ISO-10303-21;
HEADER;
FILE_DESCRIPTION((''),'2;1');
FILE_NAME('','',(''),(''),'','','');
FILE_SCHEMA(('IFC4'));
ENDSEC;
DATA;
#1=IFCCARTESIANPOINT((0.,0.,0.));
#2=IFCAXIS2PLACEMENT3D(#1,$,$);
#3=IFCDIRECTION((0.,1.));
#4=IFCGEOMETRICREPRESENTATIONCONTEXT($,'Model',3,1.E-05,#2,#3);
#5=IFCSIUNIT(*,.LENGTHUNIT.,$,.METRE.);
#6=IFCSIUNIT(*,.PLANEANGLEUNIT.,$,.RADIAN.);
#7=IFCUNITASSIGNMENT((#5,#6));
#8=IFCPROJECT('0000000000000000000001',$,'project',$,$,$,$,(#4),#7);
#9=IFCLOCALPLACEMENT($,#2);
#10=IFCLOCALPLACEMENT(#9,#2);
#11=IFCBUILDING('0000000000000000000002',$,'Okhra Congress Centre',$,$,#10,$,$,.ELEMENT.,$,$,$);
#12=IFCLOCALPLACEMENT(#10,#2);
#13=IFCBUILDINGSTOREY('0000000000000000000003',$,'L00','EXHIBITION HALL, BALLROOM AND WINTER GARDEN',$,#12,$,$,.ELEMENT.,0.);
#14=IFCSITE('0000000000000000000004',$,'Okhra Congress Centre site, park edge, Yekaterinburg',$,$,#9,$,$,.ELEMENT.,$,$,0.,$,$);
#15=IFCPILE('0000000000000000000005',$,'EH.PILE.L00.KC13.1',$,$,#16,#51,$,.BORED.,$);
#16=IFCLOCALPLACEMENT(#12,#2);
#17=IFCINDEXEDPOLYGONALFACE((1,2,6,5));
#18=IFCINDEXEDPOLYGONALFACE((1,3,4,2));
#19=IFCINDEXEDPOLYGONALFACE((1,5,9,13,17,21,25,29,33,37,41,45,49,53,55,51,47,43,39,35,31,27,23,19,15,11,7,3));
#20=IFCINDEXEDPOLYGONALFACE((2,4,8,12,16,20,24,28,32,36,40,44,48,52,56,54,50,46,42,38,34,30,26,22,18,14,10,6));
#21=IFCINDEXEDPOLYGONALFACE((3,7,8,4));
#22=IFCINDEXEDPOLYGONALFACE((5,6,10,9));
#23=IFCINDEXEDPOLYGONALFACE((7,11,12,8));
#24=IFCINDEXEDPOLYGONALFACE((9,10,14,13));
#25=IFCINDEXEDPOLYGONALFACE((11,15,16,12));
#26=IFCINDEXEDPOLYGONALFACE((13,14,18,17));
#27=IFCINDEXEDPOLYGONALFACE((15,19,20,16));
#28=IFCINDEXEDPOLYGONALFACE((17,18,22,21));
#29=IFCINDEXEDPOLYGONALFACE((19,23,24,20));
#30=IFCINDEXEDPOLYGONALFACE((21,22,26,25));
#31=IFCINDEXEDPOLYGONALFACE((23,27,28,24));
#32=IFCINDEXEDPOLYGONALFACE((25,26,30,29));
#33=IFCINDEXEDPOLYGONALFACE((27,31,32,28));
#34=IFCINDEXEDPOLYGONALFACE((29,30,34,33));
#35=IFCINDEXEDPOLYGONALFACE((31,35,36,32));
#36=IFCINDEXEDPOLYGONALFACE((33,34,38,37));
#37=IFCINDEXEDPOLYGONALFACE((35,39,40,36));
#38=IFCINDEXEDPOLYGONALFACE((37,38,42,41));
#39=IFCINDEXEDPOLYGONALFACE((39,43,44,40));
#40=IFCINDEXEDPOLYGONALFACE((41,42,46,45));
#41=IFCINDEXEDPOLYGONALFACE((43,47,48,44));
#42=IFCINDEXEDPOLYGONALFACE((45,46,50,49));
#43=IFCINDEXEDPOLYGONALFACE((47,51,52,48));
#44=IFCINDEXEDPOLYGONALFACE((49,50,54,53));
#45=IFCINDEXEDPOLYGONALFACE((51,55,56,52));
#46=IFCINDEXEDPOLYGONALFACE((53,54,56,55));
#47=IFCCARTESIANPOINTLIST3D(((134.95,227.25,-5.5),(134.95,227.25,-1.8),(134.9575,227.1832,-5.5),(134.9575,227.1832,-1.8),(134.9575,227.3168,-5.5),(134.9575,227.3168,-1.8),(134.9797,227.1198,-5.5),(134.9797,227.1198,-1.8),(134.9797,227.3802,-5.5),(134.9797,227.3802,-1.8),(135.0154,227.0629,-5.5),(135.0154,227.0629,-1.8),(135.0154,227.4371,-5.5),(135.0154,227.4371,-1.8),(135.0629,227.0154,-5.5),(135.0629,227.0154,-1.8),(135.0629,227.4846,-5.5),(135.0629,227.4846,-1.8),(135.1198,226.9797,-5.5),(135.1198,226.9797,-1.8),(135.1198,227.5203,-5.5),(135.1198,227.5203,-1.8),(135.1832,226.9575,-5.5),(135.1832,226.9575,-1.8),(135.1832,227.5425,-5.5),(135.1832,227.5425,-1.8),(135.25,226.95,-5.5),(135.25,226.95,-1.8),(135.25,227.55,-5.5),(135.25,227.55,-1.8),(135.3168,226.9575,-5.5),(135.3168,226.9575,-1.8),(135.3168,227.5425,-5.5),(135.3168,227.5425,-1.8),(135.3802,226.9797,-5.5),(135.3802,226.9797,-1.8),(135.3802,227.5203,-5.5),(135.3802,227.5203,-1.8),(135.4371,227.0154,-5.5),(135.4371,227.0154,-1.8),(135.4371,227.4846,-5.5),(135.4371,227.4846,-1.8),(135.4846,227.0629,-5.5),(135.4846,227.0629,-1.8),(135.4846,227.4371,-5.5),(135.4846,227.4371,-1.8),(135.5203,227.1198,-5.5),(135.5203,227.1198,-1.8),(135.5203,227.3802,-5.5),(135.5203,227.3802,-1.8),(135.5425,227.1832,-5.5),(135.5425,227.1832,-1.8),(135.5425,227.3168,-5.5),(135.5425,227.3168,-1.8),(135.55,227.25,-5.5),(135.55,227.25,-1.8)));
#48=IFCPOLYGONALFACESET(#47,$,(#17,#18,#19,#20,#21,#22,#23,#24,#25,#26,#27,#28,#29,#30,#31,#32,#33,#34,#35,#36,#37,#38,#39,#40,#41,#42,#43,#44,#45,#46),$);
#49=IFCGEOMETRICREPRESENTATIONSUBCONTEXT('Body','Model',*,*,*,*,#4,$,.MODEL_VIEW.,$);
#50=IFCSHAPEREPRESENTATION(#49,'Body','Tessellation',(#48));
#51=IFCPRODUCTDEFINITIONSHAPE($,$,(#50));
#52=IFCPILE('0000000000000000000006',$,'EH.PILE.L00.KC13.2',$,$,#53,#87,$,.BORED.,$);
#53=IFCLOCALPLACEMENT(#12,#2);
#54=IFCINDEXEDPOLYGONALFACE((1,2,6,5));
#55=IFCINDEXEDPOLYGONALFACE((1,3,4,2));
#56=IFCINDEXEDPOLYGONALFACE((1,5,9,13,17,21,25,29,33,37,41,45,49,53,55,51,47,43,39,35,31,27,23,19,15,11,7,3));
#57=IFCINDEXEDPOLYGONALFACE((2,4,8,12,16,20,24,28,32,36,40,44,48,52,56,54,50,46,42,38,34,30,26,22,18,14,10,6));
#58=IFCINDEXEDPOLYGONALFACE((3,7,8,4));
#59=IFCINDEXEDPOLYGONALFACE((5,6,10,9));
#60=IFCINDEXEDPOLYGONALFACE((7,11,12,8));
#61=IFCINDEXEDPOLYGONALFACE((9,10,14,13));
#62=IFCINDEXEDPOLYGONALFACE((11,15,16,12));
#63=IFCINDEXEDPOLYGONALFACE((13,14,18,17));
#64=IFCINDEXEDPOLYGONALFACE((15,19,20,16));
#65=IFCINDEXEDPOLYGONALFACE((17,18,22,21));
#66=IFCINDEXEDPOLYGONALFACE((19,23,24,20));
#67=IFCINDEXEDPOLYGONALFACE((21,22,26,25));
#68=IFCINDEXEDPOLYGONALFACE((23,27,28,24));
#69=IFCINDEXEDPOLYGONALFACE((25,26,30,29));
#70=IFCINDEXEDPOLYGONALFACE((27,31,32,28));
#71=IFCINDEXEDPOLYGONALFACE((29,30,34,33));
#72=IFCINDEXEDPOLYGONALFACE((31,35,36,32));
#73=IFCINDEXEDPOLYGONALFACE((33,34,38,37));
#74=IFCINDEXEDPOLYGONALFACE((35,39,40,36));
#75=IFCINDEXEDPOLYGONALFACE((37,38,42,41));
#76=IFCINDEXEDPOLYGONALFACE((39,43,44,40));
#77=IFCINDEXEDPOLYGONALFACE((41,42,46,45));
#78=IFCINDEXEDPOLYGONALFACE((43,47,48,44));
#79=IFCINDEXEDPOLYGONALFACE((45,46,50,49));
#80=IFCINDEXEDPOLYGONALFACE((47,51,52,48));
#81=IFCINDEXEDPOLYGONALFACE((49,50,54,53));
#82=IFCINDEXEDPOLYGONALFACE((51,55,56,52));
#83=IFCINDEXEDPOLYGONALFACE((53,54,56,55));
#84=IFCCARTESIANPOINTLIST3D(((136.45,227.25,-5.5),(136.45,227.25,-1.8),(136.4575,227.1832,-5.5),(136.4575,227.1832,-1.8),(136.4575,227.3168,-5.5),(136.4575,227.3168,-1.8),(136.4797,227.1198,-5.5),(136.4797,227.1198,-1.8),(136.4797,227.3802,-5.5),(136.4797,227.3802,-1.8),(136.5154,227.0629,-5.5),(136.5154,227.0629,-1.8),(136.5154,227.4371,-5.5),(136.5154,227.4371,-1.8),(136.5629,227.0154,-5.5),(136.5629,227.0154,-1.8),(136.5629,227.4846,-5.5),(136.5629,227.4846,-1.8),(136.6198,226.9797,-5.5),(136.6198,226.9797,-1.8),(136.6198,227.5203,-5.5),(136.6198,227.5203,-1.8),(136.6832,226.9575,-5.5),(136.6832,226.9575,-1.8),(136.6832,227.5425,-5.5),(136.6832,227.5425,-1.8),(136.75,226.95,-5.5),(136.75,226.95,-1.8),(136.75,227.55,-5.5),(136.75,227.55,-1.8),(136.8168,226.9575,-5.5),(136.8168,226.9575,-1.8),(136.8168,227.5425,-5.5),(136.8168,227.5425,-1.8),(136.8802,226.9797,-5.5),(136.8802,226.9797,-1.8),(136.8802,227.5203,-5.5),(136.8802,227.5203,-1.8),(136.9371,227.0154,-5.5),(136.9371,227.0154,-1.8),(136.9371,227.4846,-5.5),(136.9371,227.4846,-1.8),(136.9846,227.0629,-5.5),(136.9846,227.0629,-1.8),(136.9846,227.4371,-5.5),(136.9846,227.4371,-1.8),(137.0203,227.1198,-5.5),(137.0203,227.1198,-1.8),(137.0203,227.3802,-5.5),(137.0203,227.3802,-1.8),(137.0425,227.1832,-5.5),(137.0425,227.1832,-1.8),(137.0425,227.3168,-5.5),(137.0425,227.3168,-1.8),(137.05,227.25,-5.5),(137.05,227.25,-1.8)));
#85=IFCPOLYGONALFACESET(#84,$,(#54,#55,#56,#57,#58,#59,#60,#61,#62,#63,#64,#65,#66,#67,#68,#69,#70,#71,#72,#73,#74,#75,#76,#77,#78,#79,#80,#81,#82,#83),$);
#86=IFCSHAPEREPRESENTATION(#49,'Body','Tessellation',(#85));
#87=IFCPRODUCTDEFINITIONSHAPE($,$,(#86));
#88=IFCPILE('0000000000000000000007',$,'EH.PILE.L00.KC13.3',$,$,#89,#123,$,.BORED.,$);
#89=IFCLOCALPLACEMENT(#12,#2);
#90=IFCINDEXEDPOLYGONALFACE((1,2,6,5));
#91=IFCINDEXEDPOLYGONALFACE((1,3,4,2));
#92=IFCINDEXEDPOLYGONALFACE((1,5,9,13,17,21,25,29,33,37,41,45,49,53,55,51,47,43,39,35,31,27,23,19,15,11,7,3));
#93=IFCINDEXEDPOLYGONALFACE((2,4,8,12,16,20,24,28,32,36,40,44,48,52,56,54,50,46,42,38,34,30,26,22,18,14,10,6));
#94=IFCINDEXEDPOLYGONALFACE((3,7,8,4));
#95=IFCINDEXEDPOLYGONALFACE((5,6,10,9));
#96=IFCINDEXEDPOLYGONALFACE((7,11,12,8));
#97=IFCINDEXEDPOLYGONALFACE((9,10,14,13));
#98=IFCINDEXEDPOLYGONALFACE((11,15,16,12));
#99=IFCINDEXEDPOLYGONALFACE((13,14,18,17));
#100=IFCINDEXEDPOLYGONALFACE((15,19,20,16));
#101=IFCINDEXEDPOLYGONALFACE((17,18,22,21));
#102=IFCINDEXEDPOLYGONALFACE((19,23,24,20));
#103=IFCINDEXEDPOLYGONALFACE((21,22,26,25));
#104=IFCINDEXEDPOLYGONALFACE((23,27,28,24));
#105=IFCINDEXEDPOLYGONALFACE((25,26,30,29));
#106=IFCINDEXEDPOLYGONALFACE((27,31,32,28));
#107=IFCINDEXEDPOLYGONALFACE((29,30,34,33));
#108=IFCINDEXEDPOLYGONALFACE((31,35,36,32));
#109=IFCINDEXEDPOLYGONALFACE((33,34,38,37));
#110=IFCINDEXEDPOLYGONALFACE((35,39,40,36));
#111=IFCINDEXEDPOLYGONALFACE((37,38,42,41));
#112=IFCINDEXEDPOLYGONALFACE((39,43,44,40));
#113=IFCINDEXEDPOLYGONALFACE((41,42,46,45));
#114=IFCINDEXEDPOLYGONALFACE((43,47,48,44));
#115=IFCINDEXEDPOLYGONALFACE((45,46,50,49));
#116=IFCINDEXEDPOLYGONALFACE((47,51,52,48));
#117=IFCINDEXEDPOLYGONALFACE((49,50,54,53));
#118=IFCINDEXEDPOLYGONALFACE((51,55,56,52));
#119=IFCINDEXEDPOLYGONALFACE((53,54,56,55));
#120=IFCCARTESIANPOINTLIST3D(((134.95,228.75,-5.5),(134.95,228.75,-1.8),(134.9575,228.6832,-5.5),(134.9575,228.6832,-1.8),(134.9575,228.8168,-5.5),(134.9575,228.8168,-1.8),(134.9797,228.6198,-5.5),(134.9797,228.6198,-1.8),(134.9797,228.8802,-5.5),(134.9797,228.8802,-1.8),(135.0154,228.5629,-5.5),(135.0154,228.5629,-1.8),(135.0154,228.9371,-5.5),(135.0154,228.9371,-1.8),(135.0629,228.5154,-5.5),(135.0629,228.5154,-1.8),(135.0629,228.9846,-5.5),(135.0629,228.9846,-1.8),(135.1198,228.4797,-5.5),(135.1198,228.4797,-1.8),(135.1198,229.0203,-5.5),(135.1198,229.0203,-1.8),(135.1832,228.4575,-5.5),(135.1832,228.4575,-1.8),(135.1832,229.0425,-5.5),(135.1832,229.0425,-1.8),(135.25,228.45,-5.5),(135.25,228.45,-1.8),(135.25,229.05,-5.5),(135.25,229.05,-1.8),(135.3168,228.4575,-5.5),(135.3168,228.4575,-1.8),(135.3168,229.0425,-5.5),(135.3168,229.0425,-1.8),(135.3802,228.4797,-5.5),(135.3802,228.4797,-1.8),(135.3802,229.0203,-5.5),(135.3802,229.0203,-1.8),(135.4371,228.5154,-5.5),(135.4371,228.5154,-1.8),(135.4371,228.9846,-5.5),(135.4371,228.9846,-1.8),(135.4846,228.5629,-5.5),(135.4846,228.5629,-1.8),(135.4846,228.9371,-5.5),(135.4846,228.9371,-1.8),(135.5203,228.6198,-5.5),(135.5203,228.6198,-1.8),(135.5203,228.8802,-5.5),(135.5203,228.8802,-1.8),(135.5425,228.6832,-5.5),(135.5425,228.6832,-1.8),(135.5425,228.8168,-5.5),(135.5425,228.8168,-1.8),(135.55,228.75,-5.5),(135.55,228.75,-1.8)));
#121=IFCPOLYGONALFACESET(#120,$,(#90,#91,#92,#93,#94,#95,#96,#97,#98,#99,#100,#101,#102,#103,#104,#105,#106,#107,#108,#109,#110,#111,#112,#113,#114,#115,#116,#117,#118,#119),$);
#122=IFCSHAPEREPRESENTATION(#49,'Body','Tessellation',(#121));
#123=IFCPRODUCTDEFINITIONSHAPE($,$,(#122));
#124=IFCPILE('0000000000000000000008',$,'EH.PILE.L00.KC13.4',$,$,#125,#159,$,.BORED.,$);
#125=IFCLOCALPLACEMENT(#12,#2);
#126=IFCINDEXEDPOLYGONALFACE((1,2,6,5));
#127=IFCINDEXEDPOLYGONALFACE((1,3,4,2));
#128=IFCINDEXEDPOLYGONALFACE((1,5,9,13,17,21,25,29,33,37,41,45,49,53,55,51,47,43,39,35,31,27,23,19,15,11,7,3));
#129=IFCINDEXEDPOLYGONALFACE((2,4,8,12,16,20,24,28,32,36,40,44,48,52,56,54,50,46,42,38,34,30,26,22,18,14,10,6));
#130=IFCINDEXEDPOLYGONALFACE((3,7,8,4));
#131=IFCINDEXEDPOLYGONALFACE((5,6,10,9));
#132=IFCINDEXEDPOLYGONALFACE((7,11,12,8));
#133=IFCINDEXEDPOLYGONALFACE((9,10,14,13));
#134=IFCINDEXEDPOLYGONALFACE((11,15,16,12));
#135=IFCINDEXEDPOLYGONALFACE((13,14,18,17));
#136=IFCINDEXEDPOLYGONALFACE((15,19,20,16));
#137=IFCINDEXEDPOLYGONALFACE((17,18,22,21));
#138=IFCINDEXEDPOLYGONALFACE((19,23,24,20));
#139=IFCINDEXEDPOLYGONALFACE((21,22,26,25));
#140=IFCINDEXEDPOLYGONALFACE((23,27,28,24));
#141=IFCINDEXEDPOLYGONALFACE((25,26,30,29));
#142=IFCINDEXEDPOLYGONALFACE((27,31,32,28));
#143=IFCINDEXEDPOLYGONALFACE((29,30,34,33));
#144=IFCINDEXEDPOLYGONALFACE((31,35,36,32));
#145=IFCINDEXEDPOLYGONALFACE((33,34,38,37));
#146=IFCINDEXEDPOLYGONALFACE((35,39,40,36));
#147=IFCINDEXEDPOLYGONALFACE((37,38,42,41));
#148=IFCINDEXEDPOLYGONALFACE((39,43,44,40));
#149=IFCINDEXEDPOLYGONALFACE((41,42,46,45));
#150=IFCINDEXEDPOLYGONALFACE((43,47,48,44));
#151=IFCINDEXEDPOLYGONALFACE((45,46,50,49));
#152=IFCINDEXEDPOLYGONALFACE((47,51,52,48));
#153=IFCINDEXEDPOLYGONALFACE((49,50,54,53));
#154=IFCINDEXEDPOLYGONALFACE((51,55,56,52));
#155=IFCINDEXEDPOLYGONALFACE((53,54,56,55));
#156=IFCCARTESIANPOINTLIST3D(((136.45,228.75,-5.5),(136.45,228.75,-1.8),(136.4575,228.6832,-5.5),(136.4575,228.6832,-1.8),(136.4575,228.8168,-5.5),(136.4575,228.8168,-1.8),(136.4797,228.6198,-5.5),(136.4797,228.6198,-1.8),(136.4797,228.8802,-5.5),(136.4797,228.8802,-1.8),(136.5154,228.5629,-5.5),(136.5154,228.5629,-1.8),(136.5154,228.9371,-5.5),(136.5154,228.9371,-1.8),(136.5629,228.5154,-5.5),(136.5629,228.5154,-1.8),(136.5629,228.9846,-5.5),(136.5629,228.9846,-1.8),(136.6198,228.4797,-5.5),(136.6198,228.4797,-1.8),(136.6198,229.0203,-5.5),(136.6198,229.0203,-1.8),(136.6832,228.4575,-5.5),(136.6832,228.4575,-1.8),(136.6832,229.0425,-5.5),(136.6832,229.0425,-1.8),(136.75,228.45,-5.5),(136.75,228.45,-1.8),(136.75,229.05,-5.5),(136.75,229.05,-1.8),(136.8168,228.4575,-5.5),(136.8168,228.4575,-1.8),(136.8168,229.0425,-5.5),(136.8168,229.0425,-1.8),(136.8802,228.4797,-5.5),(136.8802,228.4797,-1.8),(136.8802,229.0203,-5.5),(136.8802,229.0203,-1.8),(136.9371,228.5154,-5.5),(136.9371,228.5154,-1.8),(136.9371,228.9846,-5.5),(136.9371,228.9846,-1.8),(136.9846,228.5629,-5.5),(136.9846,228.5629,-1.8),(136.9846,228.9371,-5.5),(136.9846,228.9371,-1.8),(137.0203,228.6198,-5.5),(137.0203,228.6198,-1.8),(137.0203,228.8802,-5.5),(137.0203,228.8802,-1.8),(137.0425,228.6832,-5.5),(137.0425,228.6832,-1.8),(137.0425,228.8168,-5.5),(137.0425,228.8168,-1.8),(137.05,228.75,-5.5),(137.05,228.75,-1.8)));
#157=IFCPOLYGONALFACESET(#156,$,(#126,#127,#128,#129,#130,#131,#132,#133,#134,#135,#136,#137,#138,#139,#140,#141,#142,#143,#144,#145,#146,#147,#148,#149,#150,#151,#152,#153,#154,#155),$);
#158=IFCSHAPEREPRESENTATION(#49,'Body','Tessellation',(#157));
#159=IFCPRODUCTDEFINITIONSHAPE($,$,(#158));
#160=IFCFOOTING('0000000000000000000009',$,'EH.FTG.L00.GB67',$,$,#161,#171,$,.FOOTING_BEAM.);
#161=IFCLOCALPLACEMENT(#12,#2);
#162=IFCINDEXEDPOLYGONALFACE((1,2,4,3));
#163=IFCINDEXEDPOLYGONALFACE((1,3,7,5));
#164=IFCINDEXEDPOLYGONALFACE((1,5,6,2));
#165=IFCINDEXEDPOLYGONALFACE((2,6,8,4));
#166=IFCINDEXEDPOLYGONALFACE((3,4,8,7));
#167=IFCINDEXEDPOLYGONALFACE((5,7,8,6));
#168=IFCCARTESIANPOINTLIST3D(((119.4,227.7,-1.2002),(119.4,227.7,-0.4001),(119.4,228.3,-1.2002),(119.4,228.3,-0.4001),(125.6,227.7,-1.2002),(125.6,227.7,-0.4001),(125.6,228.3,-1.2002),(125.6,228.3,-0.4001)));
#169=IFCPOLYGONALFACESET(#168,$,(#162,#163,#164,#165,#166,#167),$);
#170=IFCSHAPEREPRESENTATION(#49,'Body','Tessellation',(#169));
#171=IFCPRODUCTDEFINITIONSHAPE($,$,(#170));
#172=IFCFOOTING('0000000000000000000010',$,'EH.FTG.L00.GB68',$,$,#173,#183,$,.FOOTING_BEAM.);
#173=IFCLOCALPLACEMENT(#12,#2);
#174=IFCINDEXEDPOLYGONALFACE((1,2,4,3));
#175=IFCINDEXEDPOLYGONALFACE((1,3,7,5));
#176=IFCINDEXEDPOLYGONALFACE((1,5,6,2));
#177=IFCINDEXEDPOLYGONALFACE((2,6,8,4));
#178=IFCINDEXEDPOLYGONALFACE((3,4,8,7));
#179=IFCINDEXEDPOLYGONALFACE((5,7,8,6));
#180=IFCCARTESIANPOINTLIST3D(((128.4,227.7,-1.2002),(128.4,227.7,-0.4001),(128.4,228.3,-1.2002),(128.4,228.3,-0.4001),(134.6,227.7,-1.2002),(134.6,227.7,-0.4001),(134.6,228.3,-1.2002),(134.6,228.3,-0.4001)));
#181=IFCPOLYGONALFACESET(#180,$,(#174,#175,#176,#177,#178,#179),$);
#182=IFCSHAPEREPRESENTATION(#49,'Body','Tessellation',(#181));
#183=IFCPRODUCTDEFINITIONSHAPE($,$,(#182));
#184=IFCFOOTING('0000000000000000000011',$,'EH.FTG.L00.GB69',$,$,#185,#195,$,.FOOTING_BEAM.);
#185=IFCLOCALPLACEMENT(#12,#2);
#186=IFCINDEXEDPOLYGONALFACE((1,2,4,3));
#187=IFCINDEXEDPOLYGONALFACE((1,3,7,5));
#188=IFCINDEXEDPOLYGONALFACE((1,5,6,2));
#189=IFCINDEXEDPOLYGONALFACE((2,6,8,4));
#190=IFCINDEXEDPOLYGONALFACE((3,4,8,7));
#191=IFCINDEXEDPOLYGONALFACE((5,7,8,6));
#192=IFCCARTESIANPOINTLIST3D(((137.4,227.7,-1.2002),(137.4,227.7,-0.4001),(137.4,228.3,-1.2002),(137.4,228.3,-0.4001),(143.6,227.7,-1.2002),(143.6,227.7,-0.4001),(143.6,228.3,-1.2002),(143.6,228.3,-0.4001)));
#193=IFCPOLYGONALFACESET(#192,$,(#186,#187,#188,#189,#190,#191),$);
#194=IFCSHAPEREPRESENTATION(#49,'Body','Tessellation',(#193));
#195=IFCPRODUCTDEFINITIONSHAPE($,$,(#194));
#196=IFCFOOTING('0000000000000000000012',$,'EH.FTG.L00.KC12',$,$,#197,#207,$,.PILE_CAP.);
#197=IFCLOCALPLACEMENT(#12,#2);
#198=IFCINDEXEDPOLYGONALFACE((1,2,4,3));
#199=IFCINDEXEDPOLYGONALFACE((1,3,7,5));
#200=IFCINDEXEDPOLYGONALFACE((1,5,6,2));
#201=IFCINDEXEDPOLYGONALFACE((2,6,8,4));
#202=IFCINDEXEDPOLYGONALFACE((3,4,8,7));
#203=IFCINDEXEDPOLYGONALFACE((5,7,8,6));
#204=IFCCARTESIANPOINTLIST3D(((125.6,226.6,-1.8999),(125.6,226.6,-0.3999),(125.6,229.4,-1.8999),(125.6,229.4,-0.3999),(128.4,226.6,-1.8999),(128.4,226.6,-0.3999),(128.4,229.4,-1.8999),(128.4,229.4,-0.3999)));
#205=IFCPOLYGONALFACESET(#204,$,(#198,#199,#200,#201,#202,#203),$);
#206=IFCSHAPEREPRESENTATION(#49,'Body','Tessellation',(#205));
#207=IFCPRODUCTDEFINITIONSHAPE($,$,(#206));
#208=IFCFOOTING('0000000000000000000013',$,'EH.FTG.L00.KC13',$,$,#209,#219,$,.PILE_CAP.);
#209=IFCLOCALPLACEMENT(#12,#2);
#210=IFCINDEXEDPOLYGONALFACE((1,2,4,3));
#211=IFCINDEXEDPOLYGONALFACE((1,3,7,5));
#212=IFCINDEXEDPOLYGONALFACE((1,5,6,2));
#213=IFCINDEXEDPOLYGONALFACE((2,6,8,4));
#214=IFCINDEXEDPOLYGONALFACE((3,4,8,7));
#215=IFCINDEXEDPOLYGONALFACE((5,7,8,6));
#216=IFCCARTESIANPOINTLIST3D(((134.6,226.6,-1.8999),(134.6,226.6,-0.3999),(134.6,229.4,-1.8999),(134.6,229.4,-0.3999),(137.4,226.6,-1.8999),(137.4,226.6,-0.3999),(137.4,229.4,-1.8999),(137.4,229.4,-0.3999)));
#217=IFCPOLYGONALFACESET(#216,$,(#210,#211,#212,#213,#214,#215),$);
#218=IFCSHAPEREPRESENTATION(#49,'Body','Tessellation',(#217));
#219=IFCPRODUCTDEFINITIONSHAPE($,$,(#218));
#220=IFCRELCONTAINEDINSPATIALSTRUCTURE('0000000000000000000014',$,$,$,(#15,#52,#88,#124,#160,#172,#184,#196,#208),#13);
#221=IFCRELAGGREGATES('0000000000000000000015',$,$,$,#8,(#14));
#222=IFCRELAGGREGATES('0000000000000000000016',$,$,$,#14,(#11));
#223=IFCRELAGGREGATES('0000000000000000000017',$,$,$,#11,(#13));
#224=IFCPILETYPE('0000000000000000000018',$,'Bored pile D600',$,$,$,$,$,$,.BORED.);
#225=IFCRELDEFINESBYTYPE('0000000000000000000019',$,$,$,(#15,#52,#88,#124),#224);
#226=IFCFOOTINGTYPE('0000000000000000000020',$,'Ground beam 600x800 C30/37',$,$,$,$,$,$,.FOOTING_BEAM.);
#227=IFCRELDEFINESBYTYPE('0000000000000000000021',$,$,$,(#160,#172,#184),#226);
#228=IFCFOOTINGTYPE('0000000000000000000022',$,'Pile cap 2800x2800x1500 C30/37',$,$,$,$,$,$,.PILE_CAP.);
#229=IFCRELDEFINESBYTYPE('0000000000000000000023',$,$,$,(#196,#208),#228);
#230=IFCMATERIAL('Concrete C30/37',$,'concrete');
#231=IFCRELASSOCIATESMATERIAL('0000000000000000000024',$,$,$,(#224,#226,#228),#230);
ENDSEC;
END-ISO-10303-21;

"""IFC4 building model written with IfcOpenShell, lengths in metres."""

from ifc_helpers import new_model, si_unit, direction, frame, origin, origin_2d, place, context, subcontext, project, spatial, rectangle, circle, extrude, material, material_profile, profile_set, type_object, element, save


model = new_model("IFC4")

# Units and contexts
model_context = context("Model", 3, precision=1e-05, world=origin(), true_north=direction((0.0, 1.0)))
body_context = subcontext(model_context, "Body", "Model", "MODEL_VIEW")
ifc_project = project(units=[si_unit("LENGTHUNIT", "METRE"), si_unit("PLANEANGLEUNIT", "RADIAN")], contexts=[model_context])

# Site, building, storey
site_placement = place(None, origin())
site = spatial("IfcSite", under=ifc_project, at=site_placement, Name="Okhra Congress Centre site, park edge, Yekaterinburg", CompositionType="ELEMENT", RefElevation=0.0)
building_placement = place(site_placement, origin())
building = spatial("IfcBuilding", under=site, at=building_placement, Name="Okhra Congress Centre", CompositionType="ELEMENT")
storey_placement = place(building_placement, origin())
storey = spatial("IfcBuildingStorey", under=building, at=storey_placement, Name="L00", Description="EXHIBITION HALL, BALLROOM AND WINTER GARDEN", CompositionType="ELEMENT", Elevation=0.0)

# Piles
ifc_material_1 = material(Name="Concrete C30/37", Category="concrete")
ifc_material_profile_1 = material_profile(ifc_material_1, circle(Radius=0.3, at=origin_2d()), Name="D600")
ifc_profile_set_1 = profile_set([ifc_material_profile_1], Name="Concrete C30/37")
pile_type = type_object("IfcPileType", Name="Bored pile D600", PredefinedType="BORED", material=ifc_profile_set_1)
for number, where, z_axis, x_axis, name in (
    (1, (135.25, 227.25, -1.8), (0.0, 0.0, -1.0), (1.0, 0.0, 0.0), "EH.PILE.L00.KC13.1"),
    (2, (136.75, 227.25, -1.8), (0.0, 0.0, -1.0), (1.0, 0.0, 0.0), "EH.PILE.L00.KC13.2"),
    (3, (135.25, 228.75, -1.8), (0.0, 0.0, -1.0), (1.0, 0.0, 0.0), "EH.PILE.L00.KC13.3"),
    (4, (136.75, 228.75, -1.8), (0.0, 0.0, -1.0), (1.0, 0.0, 0.0), "EH.PILE.L00.KC13.4"),
):
    element("IfcPile", number, at=place(storey_placement, frame(where, z_axis=z_axis, x_axis=x_axis)), inside=storey, type_object=pile_type, Name=name, PredefinedType="BORED", context=body_context, shape_type="SweptSolid", body=[
        extrude(circle(Radius=0.3, at=origin_2d()), origin(), (0.0, 0.0, 1.0), 3.7),
    ])

# Footings
footing_type_1 = type_object("IfcFootingType", Name="Ground beam 600x800 C30/37", PredefinedType="FOOTING_BEAM", material=ifc_material_1)
for number, where, z_axis, x_axis, name in (
    (5, (122.5, 228.0, -1.2002), (0.0, 0.0, 1.0), (1.0, 0.0, 0.0), "EH.FTG.L00.GB67"),
    (6, (131.5, 228.0, -1.2002), (0.0, 0.0, 1.0), (1.0, 0.0, 0.0), "EH.FTG.L00.GB68"),
    (7, (140.5, 228.0, -1.2002), (0.0, 0.0, 1.0), (1.0, 0.0, 0.0), "EH.FTG.L00.GB69"),
):
    element("IfcFooting", number, at=place(storey_placement, frame(where, z_axis=z_axis, x_axis=x_axis)), inside=storey, type_object=footing_type_1, Name=name, PredefinedType="FOOTING_BEAM", context=body_context, shape_type="SweptSolid", body=[
        extrude(rectangle(XDim=6.2, YDim=0.6001, at=origin_2d()), origin(), (0.0, 0.0, 1.0), 0.8),
    ])
footing_type_2 = type_object("IfcFootingType", Name="Pile cap 2800x2800x1500 C30/37", PredefinedType="PILE_CAP", material=ifc_material_1)
for number, where, z_axis, x_axis, name in (
    (8, (127.0, 228.0, -1.8999), (0.0, 0.0, 1.0), (1.0, 0.0, 0.0), "EH.FTG.L00.KC12"),
    (9, (136.0, 228.0, -1.8999), (0.0, 0.0, 1.0), (1.0, 0.0, 0.0), "EH.FTG.L00.KC13"),
):
    element("IfcFooting", number, at=place(storey_placement, frame(where, z_axis=z_axis, x_axis=x_axis)), inside=storey, type_object=footing_type_2, Name=name, PredefinedType="PILE_CAP", context=body_context, shape_type="SweptSolid", body=[
        extrude(rectangle(XDim=2.8, YDim=2.8, at=origin_2d()), origin(), (0.0, 0.0, 1.0), 1.5),
    ])

save(model, "model.ifc")
